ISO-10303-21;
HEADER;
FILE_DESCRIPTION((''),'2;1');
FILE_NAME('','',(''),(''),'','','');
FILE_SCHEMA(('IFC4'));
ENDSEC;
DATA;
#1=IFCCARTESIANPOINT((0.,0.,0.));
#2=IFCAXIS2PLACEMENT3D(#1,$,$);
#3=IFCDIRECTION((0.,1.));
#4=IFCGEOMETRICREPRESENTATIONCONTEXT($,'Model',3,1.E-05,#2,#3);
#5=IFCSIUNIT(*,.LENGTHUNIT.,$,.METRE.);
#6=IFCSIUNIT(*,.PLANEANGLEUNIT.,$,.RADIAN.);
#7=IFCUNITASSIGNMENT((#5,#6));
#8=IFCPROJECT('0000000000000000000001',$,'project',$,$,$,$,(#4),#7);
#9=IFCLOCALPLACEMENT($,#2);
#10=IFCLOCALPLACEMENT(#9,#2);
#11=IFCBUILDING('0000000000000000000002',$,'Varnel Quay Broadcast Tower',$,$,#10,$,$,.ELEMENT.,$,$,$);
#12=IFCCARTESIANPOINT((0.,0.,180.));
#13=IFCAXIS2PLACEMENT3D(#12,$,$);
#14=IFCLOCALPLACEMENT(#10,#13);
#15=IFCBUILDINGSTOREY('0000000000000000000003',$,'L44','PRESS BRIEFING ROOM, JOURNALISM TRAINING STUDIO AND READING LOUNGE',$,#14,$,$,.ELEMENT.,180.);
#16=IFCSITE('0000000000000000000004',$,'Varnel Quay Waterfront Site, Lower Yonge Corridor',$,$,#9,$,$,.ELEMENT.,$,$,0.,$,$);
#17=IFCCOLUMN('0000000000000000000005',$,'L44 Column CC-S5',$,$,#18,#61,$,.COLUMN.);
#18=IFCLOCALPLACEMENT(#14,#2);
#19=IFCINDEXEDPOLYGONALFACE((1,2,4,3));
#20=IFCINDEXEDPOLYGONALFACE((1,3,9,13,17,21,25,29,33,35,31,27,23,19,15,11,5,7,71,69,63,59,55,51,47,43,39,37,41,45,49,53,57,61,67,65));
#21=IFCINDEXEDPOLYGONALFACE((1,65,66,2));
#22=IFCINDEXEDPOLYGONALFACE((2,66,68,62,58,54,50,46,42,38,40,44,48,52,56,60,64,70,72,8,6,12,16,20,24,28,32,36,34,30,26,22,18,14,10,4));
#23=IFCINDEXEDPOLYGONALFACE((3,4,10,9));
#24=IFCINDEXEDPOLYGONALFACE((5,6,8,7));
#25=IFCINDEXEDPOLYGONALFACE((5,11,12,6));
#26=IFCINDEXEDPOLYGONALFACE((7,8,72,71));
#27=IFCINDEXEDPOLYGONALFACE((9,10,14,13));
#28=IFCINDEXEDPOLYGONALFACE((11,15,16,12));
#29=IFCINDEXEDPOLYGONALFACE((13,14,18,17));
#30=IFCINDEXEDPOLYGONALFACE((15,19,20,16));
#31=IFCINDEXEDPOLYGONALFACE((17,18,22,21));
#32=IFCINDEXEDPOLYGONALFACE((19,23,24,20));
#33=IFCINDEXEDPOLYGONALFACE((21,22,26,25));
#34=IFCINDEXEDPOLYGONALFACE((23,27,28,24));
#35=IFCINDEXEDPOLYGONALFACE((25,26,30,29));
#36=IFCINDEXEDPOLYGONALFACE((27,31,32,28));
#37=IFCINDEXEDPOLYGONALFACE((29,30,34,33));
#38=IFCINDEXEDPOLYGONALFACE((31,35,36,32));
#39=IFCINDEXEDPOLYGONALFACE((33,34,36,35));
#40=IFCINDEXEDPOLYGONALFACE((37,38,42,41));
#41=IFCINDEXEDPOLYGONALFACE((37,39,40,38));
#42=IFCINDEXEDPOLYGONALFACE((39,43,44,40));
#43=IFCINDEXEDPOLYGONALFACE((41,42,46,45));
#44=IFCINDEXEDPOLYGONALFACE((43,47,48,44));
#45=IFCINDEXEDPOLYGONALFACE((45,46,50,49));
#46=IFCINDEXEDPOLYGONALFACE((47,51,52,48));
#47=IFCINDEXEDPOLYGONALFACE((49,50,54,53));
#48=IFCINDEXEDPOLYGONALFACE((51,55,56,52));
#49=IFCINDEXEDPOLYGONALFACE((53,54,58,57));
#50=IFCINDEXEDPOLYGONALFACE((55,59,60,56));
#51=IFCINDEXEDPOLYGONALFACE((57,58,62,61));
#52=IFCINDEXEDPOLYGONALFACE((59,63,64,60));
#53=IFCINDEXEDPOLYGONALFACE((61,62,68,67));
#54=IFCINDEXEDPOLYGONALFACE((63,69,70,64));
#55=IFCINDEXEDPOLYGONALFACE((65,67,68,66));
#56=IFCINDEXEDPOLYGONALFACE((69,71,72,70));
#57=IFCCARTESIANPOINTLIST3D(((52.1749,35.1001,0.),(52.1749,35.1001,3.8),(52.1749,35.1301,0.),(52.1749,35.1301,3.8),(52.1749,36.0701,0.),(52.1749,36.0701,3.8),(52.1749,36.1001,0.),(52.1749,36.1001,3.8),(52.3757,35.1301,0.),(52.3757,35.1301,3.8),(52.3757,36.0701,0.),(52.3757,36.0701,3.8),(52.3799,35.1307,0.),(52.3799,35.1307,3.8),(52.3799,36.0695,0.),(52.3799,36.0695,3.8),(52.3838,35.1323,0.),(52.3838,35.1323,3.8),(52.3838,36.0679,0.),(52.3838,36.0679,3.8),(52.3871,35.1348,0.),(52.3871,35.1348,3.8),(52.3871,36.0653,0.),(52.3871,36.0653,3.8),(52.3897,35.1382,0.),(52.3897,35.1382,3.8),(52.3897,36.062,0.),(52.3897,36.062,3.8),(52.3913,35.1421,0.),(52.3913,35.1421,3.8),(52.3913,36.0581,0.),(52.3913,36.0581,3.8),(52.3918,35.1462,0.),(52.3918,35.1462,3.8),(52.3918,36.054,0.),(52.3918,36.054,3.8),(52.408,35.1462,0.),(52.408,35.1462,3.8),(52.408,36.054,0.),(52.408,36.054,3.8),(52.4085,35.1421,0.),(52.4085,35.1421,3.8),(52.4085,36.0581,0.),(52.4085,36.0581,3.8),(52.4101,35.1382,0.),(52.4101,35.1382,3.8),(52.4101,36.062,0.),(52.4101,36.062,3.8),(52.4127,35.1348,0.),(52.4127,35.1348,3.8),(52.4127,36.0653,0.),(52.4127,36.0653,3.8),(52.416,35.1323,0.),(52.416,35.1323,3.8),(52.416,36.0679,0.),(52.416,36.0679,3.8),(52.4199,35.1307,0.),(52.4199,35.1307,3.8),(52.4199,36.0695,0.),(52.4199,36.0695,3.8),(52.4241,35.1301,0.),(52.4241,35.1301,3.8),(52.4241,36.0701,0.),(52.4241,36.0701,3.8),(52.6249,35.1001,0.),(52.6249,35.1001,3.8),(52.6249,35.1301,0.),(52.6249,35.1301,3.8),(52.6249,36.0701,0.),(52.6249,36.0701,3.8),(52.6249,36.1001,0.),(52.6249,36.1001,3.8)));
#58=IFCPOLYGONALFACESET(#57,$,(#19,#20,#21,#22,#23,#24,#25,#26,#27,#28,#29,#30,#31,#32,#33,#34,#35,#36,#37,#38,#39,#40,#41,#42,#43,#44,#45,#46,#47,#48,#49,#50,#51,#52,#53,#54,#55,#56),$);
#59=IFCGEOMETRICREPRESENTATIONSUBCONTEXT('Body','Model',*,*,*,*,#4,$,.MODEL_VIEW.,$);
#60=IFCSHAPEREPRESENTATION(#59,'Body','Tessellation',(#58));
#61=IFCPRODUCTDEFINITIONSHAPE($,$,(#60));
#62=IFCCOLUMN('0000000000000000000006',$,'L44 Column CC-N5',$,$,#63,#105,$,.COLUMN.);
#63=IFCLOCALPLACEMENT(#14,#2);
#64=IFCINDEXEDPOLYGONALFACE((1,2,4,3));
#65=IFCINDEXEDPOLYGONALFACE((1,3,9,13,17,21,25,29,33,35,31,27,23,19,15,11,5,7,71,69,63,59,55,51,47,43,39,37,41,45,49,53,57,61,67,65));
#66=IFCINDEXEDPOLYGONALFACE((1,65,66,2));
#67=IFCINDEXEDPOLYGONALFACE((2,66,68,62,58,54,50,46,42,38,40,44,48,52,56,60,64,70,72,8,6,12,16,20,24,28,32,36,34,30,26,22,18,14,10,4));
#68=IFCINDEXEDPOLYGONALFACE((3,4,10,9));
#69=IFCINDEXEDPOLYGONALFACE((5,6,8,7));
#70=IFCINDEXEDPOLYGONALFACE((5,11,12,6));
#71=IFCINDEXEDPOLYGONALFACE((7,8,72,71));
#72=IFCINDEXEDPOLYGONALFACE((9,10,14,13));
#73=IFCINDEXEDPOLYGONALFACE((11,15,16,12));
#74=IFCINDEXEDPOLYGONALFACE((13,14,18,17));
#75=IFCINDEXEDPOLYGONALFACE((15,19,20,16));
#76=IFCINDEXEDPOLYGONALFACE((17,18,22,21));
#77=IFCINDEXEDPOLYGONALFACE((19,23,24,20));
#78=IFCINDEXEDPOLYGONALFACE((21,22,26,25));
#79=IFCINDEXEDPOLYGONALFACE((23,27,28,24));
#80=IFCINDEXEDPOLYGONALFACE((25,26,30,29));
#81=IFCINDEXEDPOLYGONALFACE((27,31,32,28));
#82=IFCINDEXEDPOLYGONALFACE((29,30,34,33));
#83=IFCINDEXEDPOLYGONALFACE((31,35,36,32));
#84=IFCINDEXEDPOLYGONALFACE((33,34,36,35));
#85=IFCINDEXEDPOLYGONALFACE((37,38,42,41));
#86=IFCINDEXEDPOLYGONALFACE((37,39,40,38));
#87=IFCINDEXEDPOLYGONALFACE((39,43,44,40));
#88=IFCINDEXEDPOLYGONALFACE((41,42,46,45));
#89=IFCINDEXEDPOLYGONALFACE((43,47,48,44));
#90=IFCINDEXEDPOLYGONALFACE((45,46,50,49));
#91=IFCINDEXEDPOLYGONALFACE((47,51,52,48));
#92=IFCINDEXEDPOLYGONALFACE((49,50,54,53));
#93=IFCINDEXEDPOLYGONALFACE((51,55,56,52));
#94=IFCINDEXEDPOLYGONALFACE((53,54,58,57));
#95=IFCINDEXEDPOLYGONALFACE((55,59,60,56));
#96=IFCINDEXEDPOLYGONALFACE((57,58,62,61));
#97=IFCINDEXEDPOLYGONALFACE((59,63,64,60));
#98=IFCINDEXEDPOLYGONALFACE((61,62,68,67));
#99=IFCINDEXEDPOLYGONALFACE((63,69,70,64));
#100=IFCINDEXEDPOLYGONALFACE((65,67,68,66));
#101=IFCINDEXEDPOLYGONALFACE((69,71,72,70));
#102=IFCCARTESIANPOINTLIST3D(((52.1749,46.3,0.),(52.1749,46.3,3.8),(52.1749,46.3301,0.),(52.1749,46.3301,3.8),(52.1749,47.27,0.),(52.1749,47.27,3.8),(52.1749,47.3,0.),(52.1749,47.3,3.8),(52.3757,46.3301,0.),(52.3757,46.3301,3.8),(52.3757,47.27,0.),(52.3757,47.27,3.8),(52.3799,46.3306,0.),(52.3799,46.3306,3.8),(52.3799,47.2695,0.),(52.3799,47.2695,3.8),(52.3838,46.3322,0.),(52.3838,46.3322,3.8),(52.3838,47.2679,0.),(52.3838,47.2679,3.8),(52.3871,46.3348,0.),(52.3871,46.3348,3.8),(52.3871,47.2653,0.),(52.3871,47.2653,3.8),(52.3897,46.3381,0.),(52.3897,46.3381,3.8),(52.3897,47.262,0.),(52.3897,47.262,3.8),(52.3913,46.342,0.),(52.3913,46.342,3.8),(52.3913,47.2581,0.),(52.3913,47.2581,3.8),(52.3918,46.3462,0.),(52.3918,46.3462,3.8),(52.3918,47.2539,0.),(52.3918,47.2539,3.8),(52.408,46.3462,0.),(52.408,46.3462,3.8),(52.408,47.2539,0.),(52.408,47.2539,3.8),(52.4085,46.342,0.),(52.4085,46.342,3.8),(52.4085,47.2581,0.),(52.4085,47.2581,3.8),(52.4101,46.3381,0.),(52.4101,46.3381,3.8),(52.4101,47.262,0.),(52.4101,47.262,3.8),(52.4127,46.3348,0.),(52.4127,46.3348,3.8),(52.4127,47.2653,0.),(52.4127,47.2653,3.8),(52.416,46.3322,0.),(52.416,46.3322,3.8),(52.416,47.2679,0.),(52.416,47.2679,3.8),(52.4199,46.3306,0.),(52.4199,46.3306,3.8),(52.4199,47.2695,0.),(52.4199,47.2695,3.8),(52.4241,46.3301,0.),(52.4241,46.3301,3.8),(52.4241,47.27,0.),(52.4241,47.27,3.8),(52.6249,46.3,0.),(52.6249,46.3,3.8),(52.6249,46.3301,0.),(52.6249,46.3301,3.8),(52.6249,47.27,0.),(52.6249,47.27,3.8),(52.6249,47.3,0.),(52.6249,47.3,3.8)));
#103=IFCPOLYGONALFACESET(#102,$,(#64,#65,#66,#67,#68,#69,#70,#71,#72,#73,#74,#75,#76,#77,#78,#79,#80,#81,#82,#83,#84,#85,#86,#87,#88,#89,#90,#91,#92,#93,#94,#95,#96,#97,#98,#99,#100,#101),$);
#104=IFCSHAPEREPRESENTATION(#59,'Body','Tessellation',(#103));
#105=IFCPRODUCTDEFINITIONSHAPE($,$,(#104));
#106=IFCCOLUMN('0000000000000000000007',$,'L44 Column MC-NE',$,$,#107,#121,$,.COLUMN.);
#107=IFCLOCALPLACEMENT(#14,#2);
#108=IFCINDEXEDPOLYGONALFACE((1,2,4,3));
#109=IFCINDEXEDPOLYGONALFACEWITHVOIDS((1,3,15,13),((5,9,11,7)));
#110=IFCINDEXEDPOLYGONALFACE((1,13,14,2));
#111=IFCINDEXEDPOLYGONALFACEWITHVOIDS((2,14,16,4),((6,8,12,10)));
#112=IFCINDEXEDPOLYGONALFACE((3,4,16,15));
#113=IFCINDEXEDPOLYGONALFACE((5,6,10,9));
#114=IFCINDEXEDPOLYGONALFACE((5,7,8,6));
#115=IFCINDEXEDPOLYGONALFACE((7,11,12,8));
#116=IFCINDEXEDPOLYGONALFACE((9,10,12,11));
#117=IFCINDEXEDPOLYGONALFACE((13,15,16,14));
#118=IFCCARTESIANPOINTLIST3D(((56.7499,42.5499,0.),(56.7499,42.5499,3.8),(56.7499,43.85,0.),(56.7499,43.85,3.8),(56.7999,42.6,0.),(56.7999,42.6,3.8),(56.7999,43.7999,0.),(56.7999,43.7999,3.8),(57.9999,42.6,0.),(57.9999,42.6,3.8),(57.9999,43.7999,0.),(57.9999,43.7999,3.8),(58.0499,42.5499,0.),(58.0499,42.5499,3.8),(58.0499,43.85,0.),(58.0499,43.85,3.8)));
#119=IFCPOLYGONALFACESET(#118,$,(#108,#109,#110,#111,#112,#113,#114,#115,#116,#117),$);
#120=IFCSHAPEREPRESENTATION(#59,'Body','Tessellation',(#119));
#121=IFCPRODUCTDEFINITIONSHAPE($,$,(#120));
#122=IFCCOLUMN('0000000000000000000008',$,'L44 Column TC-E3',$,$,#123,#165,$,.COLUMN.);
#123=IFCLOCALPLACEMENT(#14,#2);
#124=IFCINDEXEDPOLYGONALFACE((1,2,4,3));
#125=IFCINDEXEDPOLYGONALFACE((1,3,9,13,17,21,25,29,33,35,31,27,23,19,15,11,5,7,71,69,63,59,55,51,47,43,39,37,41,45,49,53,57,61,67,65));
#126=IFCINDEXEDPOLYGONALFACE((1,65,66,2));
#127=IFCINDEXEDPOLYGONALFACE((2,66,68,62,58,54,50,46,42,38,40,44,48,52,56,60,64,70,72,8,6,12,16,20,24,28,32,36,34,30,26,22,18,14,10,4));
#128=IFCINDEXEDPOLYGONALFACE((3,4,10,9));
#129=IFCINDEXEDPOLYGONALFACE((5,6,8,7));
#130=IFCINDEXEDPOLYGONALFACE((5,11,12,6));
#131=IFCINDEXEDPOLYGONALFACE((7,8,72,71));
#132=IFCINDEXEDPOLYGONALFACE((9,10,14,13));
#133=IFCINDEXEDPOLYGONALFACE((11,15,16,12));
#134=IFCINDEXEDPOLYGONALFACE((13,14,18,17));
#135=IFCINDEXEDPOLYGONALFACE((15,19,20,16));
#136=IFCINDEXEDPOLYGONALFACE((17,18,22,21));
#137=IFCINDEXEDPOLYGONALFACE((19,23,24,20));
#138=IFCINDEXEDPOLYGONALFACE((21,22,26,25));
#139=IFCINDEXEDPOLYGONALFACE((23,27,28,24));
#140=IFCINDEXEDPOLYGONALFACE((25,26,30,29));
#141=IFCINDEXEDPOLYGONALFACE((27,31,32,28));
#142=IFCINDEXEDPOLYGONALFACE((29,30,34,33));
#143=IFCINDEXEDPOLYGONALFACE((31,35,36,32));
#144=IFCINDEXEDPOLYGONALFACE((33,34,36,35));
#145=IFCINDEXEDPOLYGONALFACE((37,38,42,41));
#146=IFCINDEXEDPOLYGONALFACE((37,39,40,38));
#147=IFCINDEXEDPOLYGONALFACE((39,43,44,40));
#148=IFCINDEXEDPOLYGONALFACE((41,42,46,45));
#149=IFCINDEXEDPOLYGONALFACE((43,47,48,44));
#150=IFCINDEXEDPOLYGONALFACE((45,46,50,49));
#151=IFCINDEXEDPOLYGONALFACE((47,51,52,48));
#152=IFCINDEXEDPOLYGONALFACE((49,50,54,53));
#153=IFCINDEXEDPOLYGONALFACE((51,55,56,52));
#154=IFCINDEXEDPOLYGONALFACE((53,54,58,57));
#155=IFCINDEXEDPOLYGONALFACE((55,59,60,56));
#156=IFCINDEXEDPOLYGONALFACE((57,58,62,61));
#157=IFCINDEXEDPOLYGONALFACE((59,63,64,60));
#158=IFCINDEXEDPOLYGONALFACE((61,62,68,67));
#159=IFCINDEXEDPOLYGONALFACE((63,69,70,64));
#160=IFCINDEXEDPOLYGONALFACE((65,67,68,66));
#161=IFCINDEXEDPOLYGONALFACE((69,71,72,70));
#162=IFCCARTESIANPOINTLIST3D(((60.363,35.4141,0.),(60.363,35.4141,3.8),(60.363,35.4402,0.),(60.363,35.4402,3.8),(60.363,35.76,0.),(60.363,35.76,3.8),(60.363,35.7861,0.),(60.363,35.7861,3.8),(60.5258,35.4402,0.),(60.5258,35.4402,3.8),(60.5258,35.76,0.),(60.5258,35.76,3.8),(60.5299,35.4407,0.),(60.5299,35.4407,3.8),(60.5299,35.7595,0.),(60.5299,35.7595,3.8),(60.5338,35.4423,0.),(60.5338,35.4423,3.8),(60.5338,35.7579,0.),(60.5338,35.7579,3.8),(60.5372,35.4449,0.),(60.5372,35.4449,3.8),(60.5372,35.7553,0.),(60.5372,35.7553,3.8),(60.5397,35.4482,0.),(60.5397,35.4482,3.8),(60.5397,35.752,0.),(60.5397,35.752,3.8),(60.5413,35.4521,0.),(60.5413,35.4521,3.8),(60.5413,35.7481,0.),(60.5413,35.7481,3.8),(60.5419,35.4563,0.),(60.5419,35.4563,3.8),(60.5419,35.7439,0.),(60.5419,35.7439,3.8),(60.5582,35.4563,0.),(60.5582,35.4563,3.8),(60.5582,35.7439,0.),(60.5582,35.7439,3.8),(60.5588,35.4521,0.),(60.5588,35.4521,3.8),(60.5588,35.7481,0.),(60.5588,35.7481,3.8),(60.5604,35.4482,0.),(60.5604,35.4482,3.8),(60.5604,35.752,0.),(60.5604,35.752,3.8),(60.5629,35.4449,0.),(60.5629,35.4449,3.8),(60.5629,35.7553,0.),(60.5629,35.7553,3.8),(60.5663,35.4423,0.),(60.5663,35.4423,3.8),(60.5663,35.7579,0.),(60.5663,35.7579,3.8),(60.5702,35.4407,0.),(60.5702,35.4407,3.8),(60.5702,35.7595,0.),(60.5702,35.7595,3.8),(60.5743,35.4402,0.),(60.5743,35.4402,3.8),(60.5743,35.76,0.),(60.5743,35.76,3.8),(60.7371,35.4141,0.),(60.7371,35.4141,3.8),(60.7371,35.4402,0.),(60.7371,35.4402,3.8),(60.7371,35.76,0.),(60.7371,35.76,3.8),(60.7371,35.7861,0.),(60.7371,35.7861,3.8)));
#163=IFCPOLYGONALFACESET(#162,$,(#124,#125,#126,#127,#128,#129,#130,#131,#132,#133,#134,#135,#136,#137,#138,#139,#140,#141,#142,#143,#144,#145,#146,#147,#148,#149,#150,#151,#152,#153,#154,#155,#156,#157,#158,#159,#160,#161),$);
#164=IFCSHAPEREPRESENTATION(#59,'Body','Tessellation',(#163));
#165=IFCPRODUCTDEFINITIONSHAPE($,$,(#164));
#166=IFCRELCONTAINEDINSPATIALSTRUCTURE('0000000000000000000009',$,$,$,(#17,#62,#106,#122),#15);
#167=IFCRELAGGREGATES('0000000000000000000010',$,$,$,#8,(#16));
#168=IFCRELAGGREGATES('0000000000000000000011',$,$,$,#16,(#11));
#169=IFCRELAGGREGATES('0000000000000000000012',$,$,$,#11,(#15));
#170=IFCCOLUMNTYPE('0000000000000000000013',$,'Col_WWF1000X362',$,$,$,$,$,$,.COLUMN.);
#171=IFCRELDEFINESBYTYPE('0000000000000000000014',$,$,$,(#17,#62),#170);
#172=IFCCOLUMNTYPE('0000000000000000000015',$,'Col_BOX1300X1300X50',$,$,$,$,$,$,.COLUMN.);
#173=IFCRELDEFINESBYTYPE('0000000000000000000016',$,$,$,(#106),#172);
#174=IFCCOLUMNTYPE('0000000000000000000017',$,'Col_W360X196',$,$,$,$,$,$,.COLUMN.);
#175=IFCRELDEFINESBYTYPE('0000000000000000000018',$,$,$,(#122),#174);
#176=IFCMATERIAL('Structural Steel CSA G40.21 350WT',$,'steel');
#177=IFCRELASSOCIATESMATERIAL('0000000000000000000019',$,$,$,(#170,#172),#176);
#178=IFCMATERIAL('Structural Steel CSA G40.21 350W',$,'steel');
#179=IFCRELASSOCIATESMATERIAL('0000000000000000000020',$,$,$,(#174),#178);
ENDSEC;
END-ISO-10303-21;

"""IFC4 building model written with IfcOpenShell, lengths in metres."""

from ifc_helpers import new_model, si_unit, direction, frame, origin, origin_2d, place, context, subcontext, project, spatial, hollow_rectangle, i_section, extrude, source, transform, mapped, material, material_profile, profile_set, type_object, type_shapes, element, save


model = new_model("IFC4")

# Units and contexts
model_context = context("Model", 3, precision=1e-05, world=origin(), true_north=direction((0.0, 1.0)))
body_context = subcontext(model_context, "Body", "Model", "MODEL_VIEW")
ifc_project = project(units=[si_unit("LENGTHUNIT", "METRE"), si_unit("PLANEANGLEUNIT", "RADIAN")], contexts=[model_context])

# Site, building, storey
site_placement = place(None, origin())
site = spatial("IfcSite", under=ifc_project, at=site_placement, Name="Varnel Quay Waterfront Site, Lower Yonge Corridor", CompositionType="ELEMENT", RefElevation=0.0)
building_placement = place(site_placement, origin())
building = spatial("IfcBuilding", under=site, at=building_placement, Name="Varnel Quay Broadcast Tower", CompositionType="ELEMENT")
storey_placement = place(building_placement, frame((0.0, 0.0, 180.0)))
storey = spatial("IfcBuildingStorey", under=building, at=storey_placement, Name="L44", Description="PRESS BRIEFING ROOM, JOURNALISM TRAINING STUDIO AND READING LOUNGE", CompositionType="ELEMENT", Elevation=180.0)

# Columns
ifc_material_1 = material(Name="Structural Steel CSA G40.21 350WT", Category="steel")
ifc_material_profile_1 = material_profile(ifc_material_1, i_section(OverallWidth=0.45, OverallDepth=1.0, WebThickness=0.0161, FlangeThickness=0.03, FilletRadius=0.0161, at=origin_2d()), Name="WWF1000X362")
ifc_profile_set_1 = profile_set([ifc_material_profile_1], Name="Structural Steel CSA G40.21 350WT")
column_type_1 = type_object("IfcColumnType", Name="Col_WWF1000X362", PredefinedType="COLUMN", material=ifc_profile_set_1)
shared_shape_1 = source(origin(), body_context, "Body", "SweptSolid", [
    extrude(i_section(OverallWidth=0.45, OverallDepth=1.0, WebThickness=0.0161, FlangeThickness=0.03, FilletRadius=0.0161, at=origin_2d()), origin(), (0.0, 0.0, 1.0), 3.8),
])
type_shapes(column_type_1, [shared_shape_1])
for number, where, z_axis, x_axis, name in (
    (1, (52.3999, 35.6001, 0.0), (0.0, 0.0, 1.0), (1.0, 0.0, 0.0), "L44 Column CC-S5"),
    (2, (52.3999, 46.8, 0.0), (0.0, 0.0, 1.0), (1.0, 0.0, 0.0), "L44 Column CC-N5"),
):
    element("IfcColumn", number, at=place(storey_placement, frame(where, z_axis=z_axis, x_axis=x_axis)), inside=storey, type_object=column_type_1, Name=name, PredefinedType="COLUMN", context=body_context, shape_type="MappedRepresentation", body=[
        mapped(shared_shape_1, transform((0.0, 0.0, 0.0), x_axis=(1.0, 0.0, 0.0), y_axis=(0.0, 1.0, 0.0), z_axis=(0.0, 0.0, 1.0), scale=1.0)),
    ])
ifc_material_profile_2 = material_profile(ifc_material_1, hollow_rectangle(XDim=1.3, YDim=1.3, WallThickness=0.05, at=origin_2d()), Name="BOX1300X1300X50")
ifc_profile_set_2 = profile_set([ifc_material_profile_2], Name="Structural Steel CSA G40.21 350WT")
column_type_2 = type_object("IfcColumnType", Name="Col_BOX1300X1300X50", PredefinedType="COLUMN", material=ifc_profile_set_2)
shared_shape_2 = source(origin(), body_context, "Body", "SweptSolid", [
    extrude(hollow_rectangle(XDim=1.3, YDim=1.3, WallThickness=0.05, at=origin_2d()), origin(), (0.0, 0.0, 1.0), 3.8),
])
type_shapes(column_type_2, [shared_shape_2])
column_1_placement = place(storey_placement, frame((57.3999, 43.2, 0.0), z_axis=(0.0, 0.0, 1.0), x_axis=(1.0, 0.0, 0.0)))
element("IfcColumn", 3, at=column_1_placement, inside=storey, type_object=column_type_2, Name="L44 Column MC-NE", PredefinedType="COLUMN", context=body_context, shape_type="MappedRepresentation", body=[
    mapped(shared_shape_2, transform((0.0, 0.0, 0.0), x_axis=(1.0, 0.0, 0.0), y_axis=(0.0, 1.0, 0.0), z_axis=(0.0, 0.0, 1.0), scale=1.0)),
])
ifc_material_2 = material(Name="Structural Steel CSA G40.21 350W", Category="steel")
ifc_material_profile_3 = material_profile(ifc_material_2, i_section(OverallWidth=0.374, OverallDepth=0.3721, WebThickness=0.0164, FlangeThickness=0.0261, FilletRadius=0.0161, at=origin_2d()), Name="W360X196")
ifc_profile_set_3 = profile_set([ifc_material_profile_3], Name="Structural Steel CSA G40.21 350W")
column_type_3 = type_object("IfcColumnType", Name="Col_W360X196", PredefinedType="COLUMN", material=ifc_profile_set_3)
shared_shape_3 = source(origin(), body_context, "Body", "SweptSolid", [
    extrude(i_section(OverallWidth=0.374, OverallDepth=0.3721, WebThickness=0.0164, FlangeThickness=0.0261, FilletRadius=0.0161, at=origin_2d()), origin(), (0.0, 0.0, 1.0), 3.8),
])
type_shapes(column_type_3, [shared_shape_3])
column_2_placement = place(storey_placement, frame((60.55, 35.6001, 0.0), z_axis=(0.0, 0.0, 1.0), x_axis=(1.0, 0.0, 0.0)))
element("IfcColumn", 4, at=column_2_placement, inside=storey, type_object=column_type_3, Name="L44 Column TC-E3", PredefinedType="COLUMN", context=body_context, shape_type="MappedRepresentation", body=[
    mapped(shared_shape_3, transform((0.0, 0.0, 0.0), x_axis=(1.0, 0.0, 0.0), y_axis=(0.0, 1.0, 0.0), z_axis=(0.0, 0.0, 1.0), scale=1.0)),
])

save(model, "model.ifc")
